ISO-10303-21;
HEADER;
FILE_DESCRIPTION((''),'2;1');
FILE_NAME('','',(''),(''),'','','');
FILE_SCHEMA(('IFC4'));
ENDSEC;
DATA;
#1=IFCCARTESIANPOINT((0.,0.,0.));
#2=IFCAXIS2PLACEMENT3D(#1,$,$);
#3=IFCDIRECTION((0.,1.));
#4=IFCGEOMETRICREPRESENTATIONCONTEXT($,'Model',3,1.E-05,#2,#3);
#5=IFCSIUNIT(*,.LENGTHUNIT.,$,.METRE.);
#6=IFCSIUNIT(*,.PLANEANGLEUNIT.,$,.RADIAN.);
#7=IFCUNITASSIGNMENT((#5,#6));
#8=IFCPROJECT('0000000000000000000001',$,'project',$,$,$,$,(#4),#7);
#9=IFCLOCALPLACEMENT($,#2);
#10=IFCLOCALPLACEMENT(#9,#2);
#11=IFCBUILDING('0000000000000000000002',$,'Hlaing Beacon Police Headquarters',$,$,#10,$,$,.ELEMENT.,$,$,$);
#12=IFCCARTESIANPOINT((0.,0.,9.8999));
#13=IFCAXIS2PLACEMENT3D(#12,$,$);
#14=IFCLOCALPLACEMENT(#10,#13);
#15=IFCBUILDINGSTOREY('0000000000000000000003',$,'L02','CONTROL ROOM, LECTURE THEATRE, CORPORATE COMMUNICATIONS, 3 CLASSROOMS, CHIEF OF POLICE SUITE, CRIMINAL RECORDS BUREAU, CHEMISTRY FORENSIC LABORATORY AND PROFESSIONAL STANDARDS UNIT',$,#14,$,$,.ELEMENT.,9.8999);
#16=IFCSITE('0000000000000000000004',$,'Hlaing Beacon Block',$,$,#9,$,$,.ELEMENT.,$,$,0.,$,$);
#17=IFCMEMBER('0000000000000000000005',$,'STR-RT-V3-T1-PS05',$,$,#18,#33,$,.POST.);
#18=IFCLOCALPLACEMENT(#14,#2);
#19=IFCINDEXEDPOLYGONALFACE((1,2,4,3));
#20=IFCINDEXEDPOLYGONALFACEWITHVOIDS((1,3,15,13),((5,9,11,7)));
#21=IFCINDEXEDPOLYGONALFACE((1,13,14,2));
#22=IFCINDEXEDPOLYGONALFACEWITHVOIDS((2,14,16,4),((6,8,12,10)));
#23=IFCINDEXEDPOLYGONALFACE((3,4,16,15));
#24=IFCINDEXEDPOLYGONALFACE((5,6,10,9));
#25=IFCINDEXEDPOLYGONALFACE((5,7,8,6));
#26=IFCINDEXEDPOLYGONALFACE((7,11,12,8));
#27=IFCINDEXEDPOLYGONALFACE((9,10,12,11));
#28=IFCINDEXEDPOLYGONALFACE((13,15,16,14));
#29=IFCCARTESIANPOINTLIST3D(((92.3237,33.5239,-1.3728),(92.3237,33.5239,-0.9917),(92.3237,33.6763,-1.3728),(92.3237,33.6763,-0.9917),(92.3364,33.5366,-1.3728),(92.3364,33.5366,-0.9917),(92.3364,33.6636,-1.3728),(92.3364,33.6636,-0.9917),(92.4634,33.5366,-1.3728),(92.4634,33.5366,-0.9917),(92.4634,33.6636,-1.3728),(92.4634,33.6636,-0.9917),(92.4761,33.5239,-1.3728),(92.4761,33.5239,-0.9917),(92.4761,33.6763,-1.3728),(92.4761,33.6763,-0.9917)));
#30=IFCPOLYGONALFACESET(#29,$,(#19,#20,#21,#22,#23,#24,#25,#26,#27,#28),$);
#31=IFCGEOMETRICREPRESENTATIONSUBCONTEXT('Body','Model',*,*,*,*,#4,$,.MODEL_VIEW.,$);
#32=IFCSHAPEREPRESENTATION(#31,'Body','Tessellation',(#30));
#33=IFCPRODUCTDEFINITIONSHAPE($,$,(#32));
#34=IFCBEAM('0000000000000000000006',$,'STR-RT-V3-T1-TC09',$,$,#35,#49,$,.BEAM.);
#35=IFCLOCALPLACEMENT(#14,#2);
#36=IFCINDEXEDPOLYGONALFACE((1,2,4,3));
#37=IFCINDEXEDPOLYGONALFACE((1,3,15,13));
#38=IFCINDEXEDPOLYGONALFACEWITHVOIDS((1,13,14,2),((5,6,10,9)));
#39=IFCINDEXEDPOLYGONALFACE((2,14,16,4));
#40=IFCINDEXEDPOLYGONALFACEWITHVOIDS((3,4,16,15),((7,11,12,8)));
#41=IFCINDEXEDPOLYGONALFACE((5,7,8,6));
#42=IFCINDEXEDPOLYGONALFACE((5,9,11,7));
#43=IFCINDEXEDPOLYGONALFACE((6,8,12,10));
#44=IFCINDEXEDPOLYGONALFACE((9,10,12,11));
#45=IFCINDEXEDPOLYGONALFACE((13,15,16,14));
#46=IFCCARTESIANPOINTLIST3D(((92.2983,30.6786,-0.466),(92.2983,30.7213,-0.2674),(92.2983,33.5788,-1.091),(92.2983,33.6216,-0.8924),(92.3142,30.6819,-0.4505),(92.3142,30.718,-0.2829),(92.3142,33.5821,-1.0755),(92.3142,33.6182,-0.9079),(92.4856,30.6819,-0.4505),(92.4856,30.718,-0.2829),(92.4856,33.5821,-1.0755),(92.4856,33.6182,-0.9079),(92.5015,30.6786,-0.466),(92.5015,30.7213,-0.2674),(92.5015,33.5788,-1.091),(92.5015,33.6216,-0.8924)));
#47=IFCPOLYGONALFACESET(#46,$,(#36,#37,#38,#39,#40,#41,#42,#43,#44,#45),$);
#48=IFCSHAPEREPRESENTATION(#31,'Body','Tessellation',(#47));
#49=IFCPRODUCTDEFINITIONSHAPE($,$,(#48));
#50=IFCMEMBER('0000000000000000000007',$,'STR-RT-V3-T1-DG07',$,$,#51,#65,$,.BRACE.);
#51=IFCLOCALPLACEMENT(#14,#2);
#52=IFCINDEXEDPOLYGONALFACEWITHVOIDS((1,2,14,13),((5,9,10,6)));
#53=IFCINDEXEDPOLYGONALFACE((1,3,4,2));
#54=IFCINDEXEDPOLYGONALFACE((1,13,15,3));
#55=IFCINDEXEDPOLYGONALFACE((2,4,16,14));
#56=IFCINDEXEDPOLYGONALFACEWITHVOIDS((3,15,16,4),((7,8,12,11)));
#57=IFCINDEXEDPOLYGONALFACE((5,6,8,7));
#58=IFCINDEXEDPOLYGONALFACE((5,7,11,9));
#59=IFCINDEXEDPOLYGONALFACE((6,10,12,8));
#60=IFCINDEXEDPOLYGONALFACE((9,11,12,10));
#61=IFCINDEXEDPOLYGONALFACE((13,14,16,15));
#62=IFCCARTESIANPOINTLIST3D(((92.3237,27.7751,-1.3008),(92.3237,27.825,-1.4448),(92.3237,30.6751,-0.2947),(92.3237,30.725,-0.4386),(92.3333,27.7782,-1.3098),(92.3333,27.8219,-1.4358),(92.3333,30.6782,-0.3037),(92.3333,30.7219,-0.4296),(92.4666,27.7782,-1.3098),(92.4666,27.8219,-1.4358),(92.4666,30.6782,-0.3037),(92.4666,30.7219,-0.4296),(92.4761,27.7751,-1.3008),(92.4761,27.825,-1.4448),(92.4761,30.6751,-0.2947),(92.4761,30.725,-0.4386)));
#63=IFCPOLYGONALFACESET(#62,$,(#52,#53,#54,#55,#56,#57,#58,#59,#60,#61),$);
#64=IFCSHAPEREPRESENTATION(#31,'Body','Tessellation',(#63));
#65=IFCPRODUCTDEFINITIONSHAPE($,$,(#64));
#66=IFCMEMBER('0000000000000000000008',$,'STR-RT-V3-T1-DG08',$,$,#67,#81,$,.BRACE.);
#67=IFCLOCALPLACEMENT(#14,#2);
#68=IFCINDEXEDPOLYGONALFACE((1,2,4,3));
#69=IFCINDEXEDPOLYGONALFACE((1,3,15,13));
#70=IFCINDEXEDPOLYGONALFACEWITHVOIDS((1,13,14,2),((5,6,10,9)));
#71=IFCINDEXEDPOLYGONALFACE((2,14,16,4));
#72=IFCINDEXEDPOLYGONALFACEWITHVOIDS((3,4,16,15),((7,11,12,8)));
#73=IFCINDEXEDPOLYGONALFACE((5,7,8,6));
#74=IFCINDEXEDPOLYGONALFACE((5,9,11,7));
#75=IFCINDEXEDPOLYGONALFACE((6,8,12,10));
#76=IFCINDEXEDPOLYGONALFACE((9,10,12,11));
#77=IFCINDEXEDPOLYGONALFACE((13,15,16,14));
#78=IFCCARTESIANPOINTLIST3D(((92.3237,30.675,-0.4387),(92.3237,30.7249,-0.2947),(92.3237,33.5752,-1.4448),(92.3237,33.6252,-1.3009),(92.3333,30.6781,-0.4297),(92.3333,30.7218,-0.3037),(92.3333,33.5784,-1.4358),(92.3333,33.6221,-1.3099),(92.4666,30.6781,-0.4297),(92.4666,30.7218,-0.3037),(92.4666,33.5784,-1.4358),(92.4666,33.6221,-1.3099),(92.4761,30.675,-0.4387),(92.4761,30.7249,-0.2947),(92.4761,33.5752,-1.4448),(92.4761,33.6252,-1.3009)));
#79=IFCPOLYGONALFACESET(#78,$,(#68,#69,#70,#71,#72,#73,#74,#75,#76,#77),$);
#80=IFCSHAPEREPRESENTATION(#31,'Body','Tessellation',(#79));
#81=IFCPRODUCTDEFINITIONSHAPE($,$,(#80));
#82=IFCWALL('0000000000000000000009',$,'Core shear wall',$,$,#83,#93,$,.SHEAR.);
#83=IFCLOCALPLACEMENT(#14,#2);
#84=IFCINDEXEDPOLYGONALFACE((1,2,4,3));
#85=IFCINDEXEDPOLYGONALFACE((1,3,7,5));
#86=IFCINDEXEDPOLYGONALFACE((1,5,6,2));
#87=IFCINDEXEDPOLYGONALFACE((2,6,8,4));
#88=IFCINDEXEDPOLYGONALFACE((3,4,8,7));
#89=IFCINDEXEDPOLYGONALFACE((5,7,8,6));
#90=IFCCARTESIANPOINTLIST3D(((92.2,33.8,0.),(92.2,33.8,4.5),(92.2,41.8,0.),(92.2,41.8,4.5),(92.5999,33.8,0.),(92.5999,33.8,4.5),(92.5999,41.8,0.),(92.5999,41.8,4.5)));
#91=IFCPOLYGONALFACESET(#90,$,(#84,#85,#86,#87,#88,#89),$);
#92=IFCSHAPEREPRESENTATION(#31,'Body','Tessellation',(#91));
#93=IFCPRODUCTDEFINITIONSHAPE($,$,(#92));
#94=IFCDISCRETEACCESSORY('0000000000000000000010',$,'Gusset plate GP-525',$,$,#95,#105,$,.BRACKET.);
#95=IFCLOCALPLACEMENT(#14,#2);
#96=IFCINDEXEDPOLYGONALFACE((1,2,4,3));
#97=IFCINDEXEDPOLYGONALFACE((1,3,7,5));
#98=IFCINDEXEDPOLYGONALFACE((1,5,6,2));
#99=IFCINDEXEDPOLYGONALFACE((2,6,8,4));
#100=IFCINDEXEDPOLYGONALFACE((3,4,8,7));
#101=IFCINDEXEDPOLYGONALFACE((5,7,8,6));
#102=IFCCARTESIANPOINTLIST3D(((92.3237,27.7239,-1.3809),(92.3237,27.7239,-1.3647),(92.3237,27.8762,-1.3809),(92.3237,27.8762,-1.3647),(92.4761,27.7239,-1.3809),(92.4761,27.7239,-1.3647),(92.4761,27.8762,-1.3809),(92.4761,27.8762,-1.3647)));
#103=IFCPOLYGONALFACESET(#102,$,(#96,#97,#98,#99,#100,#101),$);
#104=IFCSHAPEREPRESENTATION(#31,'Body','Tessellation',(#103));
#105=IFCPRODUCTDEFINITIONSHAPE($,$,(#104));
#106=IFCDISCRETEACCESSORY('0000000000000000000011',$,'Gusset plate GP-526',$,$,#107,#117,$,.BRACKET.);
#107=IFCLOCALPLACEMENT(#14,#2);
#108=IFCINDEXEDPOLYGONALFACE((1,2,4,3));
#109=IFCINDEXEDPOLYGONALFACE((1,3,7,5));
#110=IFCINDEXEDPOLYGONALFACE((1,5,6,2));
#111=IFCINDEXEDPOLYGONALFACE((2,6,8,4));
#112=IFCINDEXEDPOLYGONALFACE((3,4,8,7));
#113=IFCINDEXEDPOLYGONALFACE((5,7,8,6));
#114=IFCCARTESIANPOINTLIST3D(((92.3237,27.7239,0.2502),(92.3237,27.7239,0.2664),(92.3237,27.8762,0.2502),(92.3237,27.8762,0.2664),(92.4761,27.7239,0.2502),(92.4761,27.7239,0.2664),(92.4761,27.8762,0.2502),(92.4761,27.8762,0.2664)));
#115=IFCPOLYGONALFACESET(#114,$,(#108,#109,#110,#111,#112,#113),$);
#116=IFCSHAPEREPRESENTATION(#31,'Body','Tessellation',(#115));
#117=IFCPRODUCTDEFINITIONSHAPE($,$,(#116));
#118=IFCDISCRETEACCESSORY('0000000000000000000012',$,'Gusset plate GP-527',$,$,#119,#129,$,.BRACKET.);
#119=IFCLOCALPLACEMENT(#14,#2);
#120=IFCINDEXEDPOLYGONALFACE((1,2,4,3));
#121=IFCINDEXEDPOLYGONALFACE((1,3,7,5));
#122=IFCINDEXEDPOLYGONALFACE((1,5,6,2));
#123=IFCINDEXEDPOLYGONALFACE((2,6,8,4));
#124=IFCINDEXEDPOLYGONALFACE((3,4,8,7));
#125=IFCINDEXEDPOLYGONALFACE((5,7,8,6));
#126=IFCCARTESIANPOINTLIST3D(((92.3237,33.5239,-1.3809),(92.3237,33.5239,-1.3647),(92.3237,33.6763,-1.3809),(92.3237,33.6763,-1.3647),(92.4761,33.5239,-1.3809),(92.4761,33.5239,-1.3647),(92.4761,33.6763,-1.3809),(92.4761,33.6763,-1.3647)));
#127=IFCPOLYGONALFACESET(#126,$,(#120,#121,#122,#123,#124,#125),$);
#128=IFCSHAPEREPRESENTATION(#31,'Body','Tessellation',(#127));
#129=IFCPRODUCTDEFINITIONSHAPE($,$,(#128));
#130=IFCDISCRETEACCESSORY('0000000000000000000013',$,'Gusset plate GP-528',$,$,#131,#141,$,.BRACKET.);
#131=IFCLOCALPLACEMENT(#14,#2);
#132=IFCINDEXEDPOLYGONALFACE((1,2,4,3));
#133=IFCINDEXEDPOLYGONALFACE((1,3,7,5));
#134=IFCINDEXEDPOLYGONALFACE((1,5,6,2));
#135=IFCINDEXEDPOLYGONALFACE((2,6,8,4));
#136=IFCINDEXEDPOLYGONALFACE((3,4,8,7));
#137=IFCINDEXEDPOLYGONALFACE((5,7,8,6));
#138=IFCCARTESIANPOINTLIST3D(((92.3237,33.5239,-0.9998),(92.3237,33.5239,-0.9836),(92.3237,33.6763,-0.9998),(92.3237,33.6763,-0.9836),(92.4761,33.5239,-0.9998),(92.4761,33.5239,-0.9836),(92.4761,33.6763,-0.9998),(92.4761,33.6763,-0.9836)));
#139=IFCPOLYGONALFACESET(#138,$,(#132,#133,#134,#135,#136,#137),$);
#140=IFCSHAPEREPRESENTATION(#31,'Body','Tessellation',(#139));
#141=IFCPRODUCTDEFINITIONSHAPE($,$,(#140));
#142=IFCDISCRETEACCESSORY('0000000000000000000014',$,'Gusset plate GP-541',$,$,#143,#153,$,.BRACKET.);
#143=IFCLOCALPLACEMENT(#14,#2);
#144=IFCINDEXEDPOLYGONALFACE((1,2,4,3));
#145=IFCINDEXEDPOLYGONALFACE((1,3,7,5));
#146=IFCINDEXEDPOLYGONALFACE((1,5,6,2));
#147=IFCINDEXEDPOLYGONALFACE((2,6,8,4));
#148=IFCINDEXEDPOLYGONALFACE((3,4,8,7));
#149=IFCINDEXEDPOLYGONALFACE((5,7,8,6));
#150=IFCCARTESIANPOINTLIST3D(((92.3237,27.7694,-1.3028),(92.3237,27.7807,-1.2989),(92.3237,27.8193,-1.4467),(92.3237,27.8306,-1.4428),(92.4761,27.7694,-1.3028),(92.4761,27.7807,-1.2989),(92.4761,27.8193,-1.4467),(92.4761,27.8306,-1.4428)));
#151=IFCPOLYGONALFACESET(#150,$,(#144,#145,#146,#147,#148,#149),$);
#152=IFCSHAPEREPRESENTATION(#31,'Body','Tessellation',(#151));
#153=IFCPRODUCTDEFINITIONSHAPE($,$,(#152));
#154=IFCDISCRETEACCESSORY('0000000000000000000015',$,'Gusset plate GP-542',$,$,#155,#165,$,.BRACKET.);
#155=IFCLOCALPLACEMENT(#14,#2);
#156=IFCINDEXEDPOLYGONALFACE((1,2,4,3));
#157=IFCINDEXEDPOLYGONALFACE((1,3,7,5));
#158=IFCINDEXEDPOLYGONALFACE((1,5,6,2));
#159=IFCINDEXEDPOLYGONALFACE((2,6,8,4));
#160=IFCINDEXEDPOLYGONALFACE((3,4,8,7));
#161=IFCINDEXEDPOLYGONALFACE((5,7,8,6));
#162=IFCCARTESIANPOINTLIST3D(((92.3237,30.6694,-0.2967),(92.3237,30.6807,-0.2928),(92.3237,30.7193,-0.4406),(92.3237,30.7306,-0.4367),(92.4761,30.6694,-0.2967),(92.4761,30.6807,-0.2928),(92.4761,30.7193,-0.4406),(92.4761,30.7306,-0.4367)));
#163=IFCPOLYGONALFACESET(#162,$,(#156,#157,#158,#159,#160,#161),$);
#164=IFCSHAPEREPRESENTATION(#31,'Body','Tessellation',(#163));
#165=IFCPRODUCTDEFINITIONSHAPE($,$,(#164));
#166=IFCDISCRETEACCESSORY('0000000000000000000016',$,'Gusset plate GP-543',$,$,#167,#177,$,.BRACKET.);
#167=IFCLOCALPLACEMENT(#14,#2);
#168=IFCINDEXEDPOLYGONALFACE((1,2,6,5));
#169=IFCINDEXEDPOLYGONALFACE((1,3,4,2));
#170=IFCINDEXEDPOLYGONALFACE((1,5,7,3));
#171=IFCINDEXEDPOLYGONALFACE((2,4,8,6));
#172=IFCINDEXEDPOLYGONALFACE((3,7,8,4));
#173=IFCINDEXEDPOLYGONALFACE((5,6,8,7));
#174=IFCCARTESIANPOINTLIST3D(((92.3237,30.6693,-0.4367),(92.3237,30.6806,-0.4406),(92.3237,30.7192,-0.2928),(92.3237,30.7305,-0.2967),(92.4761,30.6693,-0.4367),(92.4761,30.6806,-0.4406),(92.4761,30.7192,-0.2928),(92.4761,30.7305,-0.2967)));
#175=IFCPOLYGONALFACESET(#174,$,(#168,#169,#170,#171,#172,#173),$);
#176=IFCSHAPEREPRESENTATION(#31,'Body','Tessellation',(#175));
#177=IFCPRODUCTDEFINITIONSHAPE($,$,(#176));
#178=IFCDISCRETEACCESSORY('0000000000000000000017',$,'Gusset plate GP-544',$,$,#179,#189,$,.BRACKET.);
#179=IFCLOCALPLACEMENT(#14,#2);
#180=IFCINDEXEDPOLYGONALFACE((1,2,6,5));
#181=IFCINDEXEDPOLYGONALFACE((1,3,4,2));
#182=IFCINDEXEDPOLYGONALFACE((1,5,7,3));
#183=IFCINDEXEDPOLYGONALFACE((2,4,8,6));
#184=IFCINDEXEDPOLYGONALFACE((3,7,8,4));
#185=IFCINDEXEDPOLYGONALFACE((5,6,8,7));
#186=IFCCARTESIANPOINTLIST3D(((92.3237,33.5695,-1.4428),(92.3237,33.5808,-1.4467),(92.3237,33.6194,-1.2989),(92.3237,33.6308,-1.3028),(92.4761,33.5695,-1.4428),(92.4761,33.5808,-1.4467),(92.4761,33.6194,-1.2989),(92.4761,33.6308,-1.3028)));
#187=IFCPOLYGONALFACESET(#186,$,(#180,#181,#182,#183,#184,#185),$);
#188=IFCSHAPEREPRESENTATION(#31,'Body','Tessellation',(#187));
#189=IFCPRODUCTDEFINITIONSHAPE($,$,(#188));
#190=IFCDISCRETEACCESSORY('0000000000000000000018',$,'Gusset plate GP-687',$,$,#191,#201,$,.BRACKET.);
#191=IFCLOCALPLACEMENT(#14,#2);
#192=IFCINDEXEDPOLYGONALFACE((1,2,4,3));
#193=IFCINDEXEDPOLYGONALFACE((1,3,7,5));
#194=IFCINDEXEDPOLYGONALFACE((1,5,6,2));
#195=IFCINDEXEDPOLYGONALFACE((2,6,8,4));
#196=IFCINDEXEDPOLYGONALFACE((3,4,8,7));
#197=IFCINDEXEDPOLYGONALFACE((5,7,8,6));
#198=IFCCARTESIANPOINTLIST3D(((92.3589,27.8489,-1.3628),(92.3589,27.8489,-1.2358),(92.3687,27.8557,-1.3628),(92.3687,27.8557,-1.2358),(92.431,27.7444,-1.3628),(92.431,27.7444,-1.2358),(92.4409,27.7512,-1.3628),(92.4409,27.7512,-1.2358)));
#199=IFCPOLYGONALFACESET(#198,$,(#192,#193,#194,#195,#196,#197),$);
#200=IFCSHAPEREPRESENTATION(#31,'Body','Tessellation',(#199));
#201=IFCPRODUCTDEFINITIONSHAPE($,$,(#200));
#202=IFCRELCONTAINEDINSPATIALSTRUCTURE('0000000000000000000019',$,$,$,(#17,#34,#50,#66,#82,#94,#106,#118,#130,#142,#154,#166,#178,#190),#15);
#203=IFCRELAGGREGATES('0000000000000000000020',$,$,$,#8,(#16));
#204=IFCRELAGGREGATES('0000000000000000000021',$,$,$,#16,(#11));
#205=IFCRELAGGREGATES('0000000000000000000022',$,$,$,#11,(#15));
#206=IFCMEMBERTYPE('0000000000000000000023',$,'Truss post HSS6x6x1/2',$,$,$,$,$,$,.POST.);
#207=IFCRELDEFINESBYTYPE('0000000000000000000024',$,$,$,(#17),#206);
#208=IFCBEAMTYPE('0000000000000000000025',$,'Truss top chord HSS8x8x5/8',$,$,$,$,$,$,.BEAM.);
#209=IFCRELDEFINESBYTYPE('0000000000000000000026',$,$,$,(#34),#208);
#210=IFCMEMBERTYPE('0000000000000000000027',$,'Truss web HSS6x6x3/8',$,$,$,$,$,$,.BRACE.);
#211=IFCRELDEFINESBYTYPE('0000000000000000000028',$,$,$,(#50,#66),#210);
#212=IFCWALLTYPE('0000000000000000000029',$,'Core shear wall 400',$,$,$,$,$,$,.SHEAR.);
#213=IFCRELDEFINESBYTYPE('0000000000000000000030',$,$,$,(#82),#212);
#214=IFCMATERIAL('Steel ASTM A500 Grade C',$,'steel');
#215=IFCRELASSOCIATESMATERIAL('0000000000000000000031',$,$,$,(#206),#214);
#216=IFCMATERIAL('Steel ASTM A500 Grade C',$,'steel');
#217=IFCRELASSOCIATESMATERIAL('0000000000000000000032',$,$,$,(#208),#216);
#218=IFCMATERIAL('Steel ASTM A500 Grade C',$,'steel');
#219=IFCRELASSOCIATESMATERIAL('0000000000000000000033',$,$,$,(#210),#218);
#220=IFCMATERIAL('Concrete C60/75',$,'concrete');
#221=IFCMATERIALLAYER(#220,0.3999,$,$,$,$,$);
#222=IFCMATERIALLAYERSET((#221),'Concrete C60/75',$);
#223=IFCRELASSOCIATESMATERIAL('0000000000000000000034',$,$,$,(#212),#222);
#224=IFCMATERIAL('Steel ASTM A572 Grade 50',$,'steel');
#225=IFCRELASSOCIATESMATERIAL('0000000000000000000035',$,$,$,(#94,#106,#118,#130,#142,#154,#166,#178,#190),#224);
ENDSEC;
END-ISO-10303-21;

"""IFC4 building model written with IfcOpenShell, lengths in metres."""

from ifc_helpers import new_model, si_unit, direction, frame, frame_2d, origin, origin_2d, place, context, subcontext, project, spatial, rectangle, hollow_rectangle, extrude, material, layer, layer_set, material_profile, profile_set, type_object, element, save


model = new_model("IFC4")

# Units and contexts
model_context = context("Model", 3, precision=1e-05, world=origin(), true_north=direction((0.0, 1.0)))
body_context = subcontext(model_context, "Body", "Model", "MODEL_VIEW")
ifc_project = project(units=[si_unit("LENGTHUNIT", "METRE"), si_unit("PLANEANGLEUNIT", "RADIAN")], contexts=[model_context])

# Site, building, storey
site_placement = place(None, origin())
site = spatial("IfcSite", under=ifc_project, at=site_placement, Name="Hlaing Beacon Block", CompositionType="ELEMENT", RefElevation=0.0)
building_placement = place(site_placement, origin())
building = spatial("IfcBuilding", under=site, at=building_placement, Name="Hlaing Beacon Police Headquarters", CompositionType="ELEMENT")
storey_placement = place(building_placement, frame((0.0, 0.0, 9.8999)))
storey = spatial("IfcBuildingStorey", under=building, at=storey_placement, Name="L02", Description="CONTROL ROOM, LECTURE THEATRE, CORPORATE COMMUNICATIONS, 3 CLASSROOMS, CHIEF OF POLICE SUITE, CRIMINAL RECORDS BUREAU, CHEMISTRY FORENSIC LABORATORY AND PROFESSIONAL STANDARDS UNIT", CompositionType="ELEMENT", Elevation=9.8999)

# Member
ifc_material_1 = material(Name="Steel ASTM A500 Grade C", Category="steel")
ifc_material_profile_1 = material_profile(ifc_material_1, hollow_rectangle(XDim=0.1523, YDim=0.1523, WallThickness=0.0127, at=origin_2d()), Name="HSS6x6x1/2")
ifc_profile_set_1 = profile_set([ifc_material_profile_1], Name="Steel ASTM A500 Grade C")
member_type_1 = type_object("IfcMemberType", Name="Truss post HSS6x6x1/2", PredefinedType="POST", material=ifc_profile_set_1)
member_1_placement = place(storey_placement, frame((92.3999, 33.6001, -1.3728), z_axis=(0.0, 0.0, 1.0), x_axis=(1.0, 0.0, 0.0)))
element("IfcMember", 1, at=member_1_placement, inside=storey, type_object=member_type_1, Name="STR-RT-V3-T1-PS05", PredefinedType="POST", context=body_context, shape_type="SweptSolid", body=[
    extrude(hollow_rectangle(XDim=0.1523, YDim=0.1523, WallThickness=0.0127, at=origin_2d()), origin(), (0.0, 0.0, 1.0), 0.3811),
])

# Beam
ifc_material_2 = material(Name="Steel ASTM A500 Grade C", Category="steel")
ifc_material_profile_2 = material_profile(ifc_material_2, hollow_rectangle(XDim=0.2031, YDim=0.2031, WallThickness=0.0159, at=origin_2d()), Name="HSS8x8x5/8")
ifc_profile_set_2 = profile_set([ifc_material_profile_2], Name="Steel ASTM A500 Grade C")
beam_type_1 = type_object("IfcBeamType", Name="Truss top chord HSS8x8x5/8", PredefinedType="BEAM", material=ifc_profile_set_2)
beam_1_placement = place(storey_placement, frame((92.3999, 30.7, -0.3667), z_axis=(0.0, 0.977557, -0.21067), x_axis=(-1.0, 0.0, 0.0)))
element("IfcBeam", 2, at=beam_1_placement, inside=storey, type_object=beam_type_1, Name="STR-RT-V3-T1-TC09", PredefinedType="BEAM", context=body_context, shape_type="SweptSolid", body=[
    extrude(hollow_rectangle(XDim=0.2031, YDim=0.2031, WallThickness=0.0159, at=origin_2d()), origin(), (0.0, 0.0, 1.0), 2.9668),
])

# Members
ifc_material_3 = material(Name="Steel ASTM A500 Grade C", Category="steel")
ifc_material_profile_3 = material_profile(ifc_material_3, hollow_rectangle(XDim=0.1523, YDim=0.1523, WallThickness=0.0095, at=origin_2d()), Name="HSS6x6x3/8")
ifc_profile_set_3 = profile_set([ifc_material_profile_3], Name="Steel ASTM A500 Grade C")
member_type_2 = type_object("IfcMemberType", Name="Truss web HSS6x6x3/8", PredefinedType="BRACE", material=ifc_profile_set_3)
member_2_placement = place(storey_placement, frame((92.3999, 27.8, -1.3728), z_axis=(0.0, 0.944755, 0.327777), x_axis=(-1.0, 0.0, 0.0)))
element("IfcMember", 3, at=member_2_placement, inside=storey, type_object=member_type_2, Name="STR-RT-V3-T1-DG07", PredefinedType="BRACE", context=body_context, shape_type="SweptSolid", body=[
    extrude(hollow_rectangle(XDim=0.1523, YDim=0.1523, WallThickness=0.0095, at=origin_2d()), origin(), (0.0, 0.0, 1.0), 3.0696),
])
member_3_placement = place(storey_placement, frame((92.3999, 30.7, -0.3667), z_axis=(0.0, 0.944764, -0.327752), x_axis=(-1.0, 0.0, 0.0)))
element("IfcMember", 4, at=member_3_placement, inside=storey, type_object=member_type_2, Name="STR-RT-V3-T1-DG08", PredefinedType="BRACE", context=body_context, shape_type="SweptSolid", body=[
    extrude(hollow_rectangle(XDim=0.1523, YDim=0.1523, WallThickness=0.0095, at=origin_2d()), origin(), (0.0, 0.0, 1.0), 3.0698),
])

# Wall
ifc_material_4 = material(Name="Concrete C60/75", Category="concrete")
ifc_layer = layer(ifc_material_4, 0.3999)
ifc_layer_set = layer_set([ifc_layer], Name="Concrete C60/75")
wall_type = type_object("IfcWallType", Name="Core shear wall 400", PredefinedType="SHEAR", material=ifc_layer_set)
wall_placement = place(storey_placement, frame((92.3999, 33.8, 0.0), z_axis=(0.0, 0.0, 1.0), x_axis=(0.0, 1.0, 0.0)))
element("IfcWall", 5, at=wall_placement, inside=storey, type_object=wall_type, Name="Core shear wall", PredefinedType="SHEAR", context=body_context, shape_type="SweptSolid", body=[
    extrude(rectangle(XDim=8.0, YDim=0.3999, at=frame_2d((4.0, 0.0))), origin(), (0.0, 0.0, 1.0), 4.5),
])

# Discrete accessories
ifc_material_5 = material(Name="Steel ASTM A572 Grade 50", Category="steel")
for number, where, z_axis, x_axis, name in (
    (6, (92.3999, 27.8, -1.3647), (0.0, 0.0, -1.0), (1.0, 0.0, 0.0), "Gusset plate GP-525"),
    (7, (92.3999, 27.8, 0.2502), (0.0, 0.0, 1.0), (1.0, 0.0, 0.0), "Gusset plate GP-526"),
    (8, (92.3999, 33.6001, -1.3647), (0.0, 0.0, -1.0), (1.0, 0.0, 0.0), "Gusset plate GP-527"),
    (9, (92.3999, 33.6001, -0.9998), (0.0, 0.0, 1.0), (1.0, 0.0, 0.0), "Gusset plate GP-528"),
):
    element("IfcDiscreteAccessory", number, at=place(storey_placement, frame(where, z_axis=z_axis, x_axis=x_axis)), inside=storey, material=ifc_material_5, Name=name, PredefinedType="BRACKET", context=body_context, shape_type="SweptSolid", body=[
        extrude(rectangle(XDim=0.1523, YDim=0.1523, at=origin_2d()), origin(), (0.0, 0.0, 1.0), 0.0161),
    ])
for number, where, z_axis, x_axis, name in (
    (10, (92.3999, 27.8057, -1.3708), (0.0, -0.944755, -0.327777), (1.0, 0.0, 0.0), "Gusset plate GP-541"),
    (11, (92.3999, 30.6943, -0.3687), (0.0, 0.944755, 0.327777), (-1.0, 0.0, 0.0), "Gusset plate GP-542"),
    (12, (92.3999, 30.7056, -0.3687), (0.0, -0.944764, 0.327752), (1.0, 0.0, 0.0), "Gusset plate GP-543"),
    (13, (92.3999, 33.5945, -1.3708), (0.0, 0.944764, -0.327752), (-1.0, 0.0, 0.0), "Gusset plate GP-544"),
):
    element("IfcDiscreteAccessory", number, at=place(storey_placement, frame(where, z_axis=z_axis, x_axis=x_axis)), inside=storey, material=ifc_material_5, Name=name, PredefinedType="BRACKET", context=body_context, shape_type="SweptSolid", body=[
        extrude(rectangle(XDim=0.1523, YDim=0.1523, at=origin_2d()), origin(), (0.0, 0.0, 1.0), 0.012),
    ])
for number, where, z_axis, x_axis, name in (
    (14, (92.4048, 27.8035, -1.2993), (-0.822899, -0.568187, 0.0), (0.568187, -0.822899, 0.0), "Gusset plate GP-687"),
):
    element("IfcDiscreteAccessory", number, at=place(storey_placement, frame(where, z_axis=z_axis, x_axis=x_axis)), inside=storey, material=ifc_material_5, Name=name, PredefinedType="BRACKET", context=body_context, shape_type="SweptSolid", body=[
        extrude(rectangle(XDim=0.127, YDim=0.127, at=origin_2d()), origin(), (0.0, 0.0, 1.0), 0.012),
    ])

save(model, "model.ifc")
